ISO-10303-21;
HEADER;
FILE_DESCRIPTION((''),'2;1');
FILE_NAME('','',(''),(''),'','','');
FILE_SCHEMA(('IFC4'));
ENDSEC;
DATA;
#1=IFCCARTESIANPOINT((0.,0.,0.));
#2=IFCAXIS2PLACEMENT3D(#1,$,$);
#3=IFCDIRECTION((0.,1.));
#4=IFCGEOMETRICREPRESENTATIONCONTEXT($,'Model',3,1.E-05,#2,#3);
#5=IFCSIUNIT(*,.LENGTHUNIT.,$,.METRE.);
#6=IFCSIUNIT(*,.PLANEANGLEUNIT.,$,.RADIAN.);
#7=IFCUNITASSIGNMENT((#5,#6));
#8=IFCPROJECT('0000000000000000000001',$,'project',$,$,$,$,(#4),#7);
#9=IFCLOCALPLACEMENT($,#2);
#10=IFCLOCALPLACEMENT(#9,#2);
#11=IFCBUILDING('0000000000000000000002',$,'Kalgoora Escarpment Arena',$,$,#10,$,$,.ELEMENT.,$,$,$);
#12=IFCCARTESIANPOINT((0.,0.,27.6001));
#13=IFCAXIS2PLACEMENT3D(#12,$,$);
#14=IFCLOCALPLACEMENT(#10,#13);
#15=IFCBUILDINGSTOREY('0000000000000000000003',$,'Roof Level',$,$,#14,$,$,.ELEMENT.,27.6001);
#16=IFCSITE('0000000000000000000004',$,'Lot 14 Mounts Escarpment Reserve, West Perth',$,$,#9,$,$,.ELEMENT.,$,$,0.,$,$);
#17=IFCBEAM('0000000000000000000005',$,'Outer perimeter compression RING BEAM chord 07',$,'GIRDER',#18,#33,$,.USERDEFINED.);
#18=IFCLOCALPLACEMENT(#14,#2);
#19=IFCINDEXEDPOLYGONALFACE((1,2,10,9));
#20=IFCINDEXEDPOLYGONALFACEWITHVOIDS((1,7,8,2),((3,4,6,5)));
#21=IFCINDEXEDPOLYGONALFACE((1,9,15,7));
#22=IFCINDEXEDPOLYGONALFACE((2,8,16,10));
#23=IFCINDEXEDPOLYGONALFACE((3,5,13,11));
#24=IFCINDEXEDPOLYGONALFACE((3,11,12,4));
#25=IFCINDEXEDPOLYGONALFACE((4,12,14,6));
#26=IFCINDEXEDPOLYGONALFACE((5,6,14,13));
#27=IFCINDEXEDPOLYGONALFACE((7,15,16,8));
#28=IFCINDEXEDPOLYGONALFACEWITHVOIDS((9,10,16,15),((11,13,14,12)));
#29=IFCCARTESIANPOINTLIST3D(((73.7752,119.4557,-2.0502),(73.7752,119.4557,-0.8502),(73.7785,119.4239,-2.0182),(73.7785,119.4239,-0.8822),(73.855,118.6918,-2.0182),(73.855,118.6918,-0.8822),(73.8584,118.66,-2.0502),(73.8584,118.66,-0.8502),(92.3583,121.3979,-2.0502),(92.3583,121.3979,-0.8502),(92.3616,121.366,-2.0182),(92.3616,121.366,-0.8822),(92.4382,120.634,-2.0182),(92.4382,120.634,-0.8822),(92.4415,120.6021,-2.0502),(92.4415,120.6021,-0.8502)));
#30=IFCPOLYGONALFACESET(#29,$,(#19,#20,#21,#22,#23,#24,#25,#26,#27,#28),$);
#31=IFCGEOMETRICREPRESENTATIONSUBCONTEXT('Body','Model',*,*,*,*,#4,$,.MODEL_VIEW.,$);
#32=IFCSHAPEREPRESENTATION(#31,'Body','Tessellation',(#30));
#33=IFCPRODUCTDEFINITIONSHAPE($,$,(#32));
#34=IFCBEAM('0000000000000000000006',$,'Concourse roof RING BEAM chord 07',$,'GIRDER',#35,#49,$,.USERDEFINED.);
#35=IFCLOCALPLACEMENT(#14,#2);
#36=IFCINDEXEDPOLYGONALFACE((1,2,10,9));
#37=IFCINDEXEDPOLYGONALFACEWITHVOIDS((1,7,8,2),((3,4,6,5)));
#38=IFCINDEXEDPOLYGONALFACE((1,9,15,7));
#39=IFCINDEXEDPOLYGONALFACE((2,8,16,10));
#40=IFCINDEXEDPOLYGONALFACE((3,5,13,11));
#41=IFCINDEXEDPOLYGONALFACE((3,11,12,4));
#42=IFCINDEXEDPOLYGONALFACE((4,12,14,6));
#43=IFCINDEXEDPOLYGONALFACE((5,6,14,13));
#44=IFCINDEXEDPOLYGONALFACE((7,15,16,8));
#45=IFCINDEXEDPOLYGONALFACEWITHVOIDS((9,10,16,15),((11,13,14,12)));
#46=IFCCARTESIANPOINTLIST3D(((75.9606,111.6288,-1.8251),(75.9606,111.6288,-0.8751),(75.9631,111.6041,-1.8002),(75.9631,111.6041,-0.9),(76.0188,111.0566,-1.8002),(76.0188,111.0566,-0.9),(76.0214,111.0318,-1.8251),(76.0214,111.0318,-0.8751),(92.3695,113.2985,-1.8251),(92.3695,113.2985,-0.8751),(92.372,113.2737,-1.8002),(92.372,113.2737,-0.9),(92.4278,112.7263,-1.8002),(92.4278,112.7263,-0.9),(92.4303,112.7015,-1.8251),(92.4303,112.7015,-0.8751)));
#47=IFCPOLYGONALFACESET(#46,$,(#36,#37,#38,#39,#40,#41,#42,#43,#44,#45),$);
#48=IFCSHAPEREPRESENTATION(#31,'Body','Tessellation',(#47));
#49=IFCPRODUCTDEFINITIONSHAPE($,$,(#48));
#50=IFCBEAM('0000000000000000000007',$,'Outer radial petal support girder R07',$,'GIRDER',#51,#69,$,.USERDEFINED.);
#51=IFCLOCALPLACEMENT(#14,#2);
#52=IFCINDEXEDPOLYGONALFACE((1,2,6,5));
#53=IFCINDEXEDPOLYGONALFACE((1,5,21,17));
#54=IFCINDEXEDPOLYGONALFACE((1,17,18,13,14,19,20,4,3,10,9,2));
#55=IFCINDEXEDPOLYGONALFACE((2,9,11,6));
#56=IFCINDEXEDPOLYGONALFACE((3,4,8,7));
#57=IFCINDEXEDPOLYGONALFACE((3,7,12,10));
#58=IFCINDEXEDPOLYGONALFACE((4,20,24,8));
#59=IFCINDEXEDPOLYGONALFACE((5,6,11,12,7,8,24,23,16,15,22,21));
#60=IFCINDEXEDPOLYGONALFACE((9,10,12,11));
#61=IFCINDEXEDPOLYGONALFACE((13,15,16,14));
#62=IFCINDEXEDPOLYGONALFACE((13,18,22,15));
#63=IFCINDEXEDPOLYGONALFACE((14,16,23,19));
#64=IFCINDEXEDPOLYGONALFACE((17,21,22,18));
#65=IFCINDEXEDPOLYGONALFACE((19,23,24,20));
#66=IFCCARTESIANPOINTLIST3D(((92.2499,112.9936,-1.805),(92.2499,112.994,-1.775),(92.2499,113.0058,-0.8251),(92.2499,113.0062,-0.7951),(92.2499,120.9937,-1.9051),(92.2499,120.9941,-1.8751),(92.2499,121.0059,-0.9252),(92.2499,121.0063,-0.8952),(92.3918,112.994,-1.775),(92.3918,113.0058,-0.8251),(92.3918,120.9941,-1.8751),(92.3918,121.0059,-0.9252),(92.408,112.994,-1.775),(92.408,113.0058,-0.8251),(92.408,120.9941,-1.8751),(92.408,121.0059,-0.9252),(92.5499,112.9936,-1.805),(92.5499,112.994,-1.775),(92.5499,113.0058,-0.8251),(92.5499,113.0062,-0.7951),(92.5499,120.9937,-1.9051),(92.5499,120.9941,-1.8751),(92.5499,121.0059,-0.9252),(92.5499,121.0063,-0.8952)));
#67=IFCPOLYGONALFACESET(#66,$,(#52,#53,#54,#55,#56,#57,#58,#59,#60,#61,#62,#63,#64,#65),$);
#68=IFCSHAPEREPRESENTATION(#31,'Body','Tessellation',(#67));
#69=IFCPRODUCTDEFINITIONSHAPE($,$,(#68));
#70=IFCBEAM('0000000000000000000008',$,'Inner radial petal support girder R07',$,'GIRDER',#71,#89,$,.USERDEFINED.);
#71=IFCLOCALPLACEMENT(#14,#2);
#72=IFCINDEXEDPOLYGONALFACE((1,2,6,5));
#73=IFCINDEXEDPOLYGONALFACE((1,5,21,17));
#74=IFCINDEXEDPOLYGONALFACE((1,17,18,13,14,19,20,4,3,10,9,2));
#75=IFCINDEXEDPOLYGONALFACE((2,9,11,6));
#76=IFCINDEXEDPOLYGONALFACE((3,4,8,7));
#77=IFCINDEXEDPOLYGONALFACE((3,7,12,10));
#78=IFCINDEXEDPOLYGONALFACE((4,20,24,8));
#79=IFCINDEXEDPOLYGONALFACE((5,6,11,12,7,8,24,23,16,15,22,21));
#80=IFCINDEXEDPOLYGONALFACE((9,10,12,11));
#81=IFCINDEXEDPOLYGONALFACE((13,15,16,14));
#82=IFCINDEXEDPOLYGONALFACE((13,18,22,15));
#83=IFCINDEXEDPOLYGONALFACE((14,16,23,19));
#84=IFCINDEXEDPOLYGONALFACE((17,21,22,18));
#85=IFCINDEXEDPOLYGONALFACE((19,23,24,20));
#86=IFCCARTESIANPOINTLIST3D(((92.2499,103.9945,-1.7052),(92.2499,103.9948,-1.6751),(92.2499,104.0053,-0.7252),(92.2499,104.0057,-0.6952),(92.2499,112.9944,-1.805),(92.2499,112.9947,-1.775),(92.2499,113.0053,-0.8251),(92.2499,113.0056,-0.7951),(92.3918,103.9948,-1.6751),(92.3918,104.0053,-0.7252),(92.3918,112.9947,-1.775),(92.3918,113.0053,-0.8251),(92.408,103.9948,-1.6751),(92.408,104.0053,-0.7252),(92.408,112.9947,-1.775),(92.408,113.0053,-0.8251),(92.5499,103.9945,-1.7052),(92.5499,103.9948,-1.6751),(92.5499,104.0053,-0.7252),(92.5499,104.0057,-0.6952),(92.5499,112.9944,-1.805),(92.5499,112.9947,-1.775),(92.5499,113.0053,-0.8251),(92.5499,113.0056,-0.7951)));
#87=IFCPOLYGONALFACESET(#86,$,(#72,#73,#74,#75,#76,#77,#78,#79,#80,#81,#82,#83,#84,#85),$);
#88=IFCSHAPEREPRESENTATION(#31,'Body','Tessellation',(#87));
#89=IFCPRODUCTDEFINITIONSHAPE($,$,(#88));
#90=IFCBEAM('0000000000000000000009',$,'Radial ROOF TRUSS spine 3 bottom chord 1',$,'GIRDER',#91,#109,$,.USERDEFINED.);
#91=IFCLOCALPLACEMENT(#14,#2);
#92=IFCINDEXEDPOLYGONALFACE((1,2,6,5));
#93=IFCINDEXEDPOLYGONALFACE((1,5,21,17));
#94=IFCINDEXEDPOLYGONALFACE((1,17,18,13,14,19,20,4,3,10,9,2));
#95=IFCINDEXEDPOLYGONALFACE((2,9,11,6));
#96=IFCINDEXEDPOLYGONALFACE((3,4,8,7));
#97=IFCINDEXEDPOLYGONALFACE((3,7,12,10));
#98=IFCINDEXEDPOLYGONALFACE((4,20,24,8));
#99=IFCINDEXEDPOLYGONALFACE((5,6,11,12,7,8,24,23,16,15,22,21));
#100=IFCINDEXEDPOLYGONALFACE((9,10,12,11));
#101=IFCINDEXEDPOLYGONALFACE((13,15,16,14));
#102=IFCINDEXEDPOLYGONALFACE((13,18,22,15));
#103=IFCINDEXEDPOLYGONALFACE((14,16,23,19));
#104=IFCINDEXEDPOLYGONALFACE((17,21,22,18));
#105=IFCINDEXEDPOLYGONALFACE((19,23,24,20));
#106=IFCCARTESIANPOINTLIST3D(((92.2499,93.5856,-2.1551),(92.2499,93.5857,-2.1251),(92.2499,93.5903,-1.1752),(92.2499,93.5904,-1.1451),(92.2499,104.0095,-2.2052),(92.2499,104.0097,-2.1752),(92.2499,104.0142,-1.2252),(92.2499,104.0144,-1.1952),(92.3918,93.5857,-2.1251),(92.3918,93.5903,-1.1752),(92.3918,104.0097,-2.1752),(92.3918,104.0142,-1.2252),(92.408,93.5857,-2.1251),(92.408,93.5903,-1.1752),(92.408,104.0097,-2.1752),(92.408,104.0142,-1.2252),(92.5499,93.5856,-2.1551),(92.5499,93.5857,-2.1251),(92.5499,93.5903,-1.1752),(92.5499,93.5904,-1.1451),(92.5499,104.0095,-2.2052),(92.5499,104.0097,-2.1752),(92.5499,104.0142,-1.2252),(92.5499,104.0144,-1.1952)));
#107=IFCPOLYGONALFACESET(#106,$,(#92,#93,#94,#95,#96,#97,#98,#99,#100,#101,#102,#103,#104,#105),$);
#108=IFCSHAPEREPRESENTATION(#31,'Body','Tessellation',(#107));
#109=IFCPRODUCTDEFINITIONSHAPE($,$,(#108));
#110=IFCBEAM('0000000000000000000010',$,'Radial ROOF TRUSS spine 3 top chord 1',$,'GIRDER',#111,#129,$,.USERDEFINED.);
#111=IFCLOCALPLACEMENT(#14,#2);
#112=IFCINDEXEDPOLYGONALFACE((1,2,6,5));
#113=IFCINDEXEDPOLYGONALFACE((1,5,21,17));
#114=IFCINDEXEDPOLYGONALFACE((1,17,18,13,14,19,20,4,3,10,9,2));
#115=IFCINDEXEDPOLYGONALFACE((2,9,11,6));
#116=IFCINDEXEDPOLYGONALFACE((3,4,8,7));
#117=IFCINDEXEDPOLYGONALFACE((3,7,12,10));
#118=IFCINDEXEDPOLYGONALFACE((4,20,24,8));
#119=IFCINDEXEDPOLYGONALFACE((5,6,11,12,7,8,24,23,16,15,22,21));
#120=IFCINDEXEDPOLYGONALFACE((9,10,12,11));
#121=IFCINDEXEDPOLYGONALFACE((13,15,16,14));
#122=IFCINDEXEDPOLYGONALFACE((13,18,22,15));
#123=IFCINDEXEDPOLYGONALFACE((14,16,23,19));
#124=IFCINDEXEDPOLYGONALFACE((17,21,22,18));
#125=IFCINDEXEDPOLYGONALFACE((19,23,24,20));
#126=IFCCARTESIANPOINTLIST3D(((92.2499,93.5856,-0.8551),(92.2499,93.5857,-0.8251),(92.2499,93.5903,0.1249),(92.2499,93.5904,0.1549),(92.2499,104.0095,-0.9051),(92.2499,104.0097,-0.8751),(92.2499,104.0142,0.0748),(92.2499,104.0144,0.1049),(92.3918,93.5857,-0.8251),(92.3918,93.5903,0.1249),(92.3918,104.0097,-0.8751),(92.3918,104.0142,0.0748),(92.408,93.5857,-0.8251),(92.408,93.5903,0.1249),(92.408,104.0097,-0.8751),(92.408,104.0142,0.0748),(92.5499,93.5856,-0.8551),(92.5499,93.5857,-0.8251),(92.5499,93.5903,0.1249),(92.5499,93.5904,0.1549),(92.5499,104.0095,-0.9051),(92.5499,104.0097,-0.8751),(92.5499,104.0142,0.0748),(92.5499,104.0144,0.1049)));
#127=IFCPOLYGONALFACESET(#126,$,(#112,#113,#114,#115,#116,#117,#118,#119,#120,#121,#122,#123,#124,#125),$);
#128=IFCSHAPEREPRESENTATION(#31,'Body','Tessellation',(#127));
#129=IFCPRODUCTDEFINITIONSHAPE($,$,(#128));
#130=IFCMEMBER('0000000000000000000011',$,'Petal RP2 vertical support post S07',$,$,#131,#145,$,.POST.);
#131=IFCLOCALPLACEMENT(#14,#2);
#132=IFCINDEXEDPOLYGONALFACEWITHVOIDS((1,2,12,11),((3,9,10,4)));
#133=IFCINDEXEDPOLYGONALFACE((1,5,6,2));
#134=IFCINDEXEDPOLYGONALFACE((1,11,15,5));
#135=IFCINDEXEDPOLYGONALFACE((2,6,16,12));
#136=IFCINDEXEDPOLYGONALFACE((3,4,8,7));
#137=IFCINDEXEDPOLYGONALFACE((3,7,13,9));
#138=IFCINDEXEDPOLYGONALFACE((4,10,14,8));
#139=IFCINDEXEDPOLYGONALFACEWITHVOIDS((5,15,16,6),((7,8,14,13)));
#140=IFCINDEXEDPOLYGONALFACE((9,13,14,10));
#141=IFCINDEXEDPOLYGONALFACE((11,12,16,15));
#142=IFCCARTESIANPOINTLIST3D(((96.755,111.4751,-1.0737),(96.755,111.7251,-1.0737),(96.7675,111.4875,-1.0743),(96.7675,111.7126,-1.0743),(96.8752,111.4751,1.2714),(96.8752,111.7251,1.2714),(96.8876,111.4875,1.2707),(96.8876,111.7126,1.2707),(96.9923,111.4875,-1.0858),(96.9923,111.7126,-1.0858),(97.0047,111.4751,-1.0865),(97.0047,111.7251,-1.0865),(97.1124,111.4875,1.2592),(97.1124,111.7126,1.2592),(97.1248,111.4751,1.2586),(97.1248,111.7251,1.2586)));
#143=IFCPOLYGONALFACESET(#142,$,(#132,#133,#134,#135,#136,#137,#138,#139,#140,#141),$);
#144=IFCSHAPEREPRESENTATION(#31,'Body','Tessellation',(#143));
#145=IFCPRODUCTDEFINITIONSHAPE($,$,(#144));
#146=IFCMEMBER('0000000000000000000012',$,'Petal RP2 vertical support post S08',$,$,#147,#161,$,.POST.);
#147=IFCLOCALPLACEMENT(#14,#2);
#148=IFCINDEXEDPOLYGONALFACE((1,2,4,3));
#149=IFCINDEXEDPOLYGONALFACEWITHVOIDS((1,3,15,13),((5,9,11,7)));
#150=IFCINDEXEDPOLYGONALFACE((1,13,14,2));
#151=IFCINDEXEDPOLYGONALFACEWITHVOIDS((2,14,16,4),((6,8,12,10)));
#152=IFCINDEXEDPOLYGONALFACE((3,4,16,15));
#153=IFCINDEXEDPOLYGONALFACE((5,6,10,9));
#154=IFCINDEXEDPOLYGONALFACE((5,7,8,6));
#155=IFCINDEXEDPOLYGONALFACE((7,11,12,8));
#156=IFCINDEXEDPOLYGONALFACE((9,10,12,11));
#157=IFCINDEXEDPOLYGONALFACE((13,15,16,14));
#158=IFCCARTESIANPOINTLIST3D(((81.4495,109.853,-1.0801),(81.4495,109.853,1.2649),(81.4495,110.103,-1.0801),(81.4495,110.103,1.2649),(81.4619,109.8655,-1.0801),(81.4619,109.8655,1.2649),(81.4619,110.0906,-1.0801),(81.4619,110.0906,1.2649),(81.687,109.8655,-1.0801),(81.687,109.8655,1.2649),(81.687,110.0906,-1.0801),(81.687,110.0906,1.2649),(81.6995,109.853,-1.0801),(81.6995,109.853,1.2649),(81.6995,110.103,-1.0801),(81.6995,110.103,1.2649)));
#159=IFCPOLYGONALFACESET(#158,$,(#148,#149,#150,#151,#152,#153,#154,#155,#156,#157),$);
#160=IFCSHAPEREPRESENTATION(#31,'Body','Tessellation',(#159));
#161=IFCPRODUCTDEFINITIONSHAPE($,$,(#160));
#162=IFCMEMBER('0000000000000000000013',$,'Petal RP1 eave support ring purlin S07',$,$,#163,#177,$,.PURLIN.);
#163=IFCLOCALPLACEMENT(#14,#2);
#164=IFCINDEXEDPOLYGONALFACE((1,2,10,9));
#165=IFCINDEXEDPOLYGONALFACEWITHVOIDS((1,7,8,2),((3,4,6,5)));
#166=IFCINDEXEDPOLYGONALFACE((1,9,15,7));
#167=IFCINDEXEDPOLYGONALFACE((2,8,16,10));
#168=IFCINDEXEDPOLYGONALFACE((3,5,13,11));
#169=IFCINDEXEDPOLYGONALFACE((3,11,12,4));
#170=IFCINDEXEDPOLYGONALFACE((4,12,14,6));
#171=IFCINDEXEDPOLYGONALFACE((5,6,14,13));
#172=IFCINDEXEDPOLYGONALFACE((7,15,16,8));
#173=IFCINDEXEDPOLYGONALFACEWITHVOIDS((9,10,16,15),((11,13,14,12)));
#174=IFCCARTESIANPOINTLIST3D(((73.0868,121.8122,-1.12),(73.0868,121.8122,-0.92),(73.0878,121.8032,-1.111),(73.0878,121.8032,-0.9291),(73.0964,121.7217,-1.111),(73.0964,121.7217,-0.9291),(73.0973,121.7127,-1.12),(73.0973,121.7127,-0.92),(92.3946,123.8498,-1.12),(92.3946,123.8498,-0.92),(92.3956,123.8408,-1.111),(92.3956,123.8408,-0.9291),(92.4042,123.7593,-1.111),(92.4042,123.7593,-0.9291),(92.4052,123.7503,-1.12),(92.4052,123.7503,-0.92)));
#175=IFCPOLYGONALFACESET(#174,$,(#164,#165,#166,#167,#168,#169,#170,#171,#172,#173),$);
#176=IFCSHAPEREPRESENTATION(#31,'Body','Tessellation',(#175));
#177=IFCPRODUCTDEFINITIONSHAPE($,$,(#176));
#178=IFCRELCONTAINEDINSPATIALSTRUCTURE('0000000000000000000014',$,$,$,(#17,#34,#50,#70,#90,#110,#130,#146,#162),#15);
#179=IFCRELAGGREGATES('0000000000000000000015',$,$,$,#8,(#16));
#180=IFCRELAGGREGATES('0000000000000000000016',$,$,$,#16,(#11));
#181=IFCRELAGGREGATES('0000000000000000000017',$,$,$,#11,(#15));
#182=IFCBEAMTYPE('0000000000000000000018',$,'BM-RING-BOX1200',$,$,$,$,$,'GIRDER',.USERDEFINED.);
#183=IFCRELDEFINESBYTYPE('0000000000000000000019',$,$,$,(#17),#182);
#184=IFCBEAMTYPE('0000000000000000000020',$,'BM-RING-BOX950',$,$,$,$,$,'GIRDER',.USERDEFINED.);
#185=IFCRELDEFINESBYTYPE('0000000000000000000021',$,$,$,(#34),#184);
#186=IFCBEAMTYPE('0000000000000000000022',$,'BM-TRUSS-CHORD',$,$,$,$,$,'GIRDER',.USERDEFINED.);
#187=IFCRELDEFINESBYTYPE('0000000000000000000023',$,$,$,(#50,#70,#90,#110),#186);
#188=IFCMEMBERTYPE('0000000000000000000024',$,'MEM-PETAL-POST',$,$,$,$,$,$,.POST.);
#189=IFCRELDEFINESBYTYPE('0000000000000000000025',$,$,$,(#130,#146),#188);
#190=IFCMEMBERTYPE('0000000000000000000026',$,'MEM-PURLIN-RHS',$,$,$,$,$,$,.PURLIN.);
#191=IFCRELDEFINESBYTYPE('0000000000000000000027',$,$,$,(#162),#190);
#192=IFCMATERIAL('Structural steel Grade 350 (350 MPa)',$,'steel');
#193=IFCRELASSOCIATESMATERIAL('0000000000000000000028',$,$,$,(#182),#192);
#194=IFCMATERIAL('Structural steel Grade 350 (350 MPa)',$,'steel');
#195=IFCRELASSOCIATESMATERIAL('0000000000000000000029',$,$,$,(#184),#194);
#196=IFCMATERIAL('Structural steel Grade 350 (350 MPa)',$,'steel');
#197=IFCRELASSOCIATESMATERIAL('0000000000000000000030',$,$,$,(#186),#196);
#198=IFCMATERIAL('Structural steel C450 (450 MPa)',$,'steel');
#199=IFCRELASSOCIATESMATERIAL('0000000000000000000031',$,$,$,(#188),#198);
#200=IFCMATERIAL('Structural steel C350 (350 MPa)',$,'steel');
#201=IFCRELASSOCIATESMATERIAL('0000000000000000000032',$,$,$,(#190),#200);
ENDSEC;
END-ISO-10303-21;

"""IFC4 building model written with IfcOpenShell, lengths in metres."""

from ifc_helpers import new_model, si_unit, direction, frame, origin, origin_2d, place, context, subcontext, project, spatial, hollow_rectangle, i_section, extrude, material, material_profile, profile_set, type_object, element, save


model = new_model("IFC4")

# Units and contexts
model_context = context("Model", 3, precision=1e-05, world=origin(), true_north=direction((0.0, 1.0)))
body_context = subcontext(model_context, "Body", "Model", "MODEL_VIEW")
ifc_project = project(units=[si_unit("LENGTHUNIT", "METRE"), si_unit("PLANEANGLEUNIT", "RADIAN")], contexts=[model_context])

# Site, building, storey
site_placement = place(None, origin())
site = spatial("IfcSite", under=ifc_project, at=site_placement, Name="Lot 14 Mounts Escarpment Reserve, West Perth", CompositionType="ELEMENT", RefElevation=0.0)
building_placement = place(site_placement, origin())
building = spatial("IfcBuilding", under=site, at=building_placement, Name="Kalgoora Escarpment Arena", CompositionType="ELEMENT")
storey_placement = place(building_placement, frame((0.0, 0.0, 27.6001)))
storey = spatial("IfcBuildingStorey", under=building, at=storey_placement, Name="Roof Level", CompositionType="ELEMENT", Elevation=27.6001)

# Beams
ifc_material_1 = material(Name="Structural steel Grade 350 (350 MPa)", Category="steel")
ifc_material_profile_1 = material_profile(ifc_material_1, hollow_rectangle(XDim=0.8, YDim=1.2, WallThickness=0.032, at=origin_2d()))
ifc_profile_set_1 = profile_set([ifc_material_profile_1], Name="Structural steel Grade 350 (350 MPa)")
beam_type_1 = type_object("IfcBeamType", Name="BM-RING-BOX1200", ElementType="GIRDER", PredefinedType="USERDEFINED", material=ifc_profile_set_1)
beam_1_placement = place(storey_placement, frame((92.3999, 121.0, -1.4502), z_axis=(-0.994583, -0.103945, 0.0), x_axis=(0.103945, -0.994583, 0.0)))
element("IfcBeam", 1, at=beam_1_placement, inside=storey, type_object=beam_type_1, Name="Outer perimeter compression RING BEAM chord 07", ObjectType="GIRDER", PredefinedType="USERDEFINED", context=body_context, shape_type="SweptSolid", body=[
    extrude(hollow_rectangle(XDim=0.8, YDim=1.2, WallThickness=0.032, at=origin_2d()), origin(), (0.0, 0.0, 1.0), 18.6843),
])
ifc_material_2 = material(Name="Structural steel Grade 350 (350 MPa)", Category="steel")
ifc_material_profile_2 = material_profile(ifc_material_2, hollow_rectangle(XDim=0.6001, YDim=0.95, WallThickness=0.0249, at=origin_2d()))
ifc_profile_set_2 = profile_set([ifc_material_profile_2], Name="Structural steel Grade 350 (350 MPa)")
beam_type_2 = type_object("IfcBeamType", Name="BM-RING-BOX950", ElementType="GIRDER", PredefinedType="USERDEFINED", material=ifc_profile_set_2)
beam_2_placement = place(storey_placement, frame((92.3999, 113.0, -1.3501), z_axis=(-0.994863, -0.101231, 0.0), x_axis=(0.101231, -0.994863, 0.0)))
element("IfcBeam", 2, at=beam_2_placement, inside=storey, type_object=beam_type_2, Name="Concourse roof RING BEAM chord 07", ObjectType="GIRDER", PredefinedType="USERDEFINED", context=body_context, shape_type="SweptSolid", body=[
    extrude(hollow_rectangle(XDim=0.6001, YDim=0.95, WallThickness=0.0249, at=origin_2d()), origin(), (0.0, 0.0, 1.0), 16.4937),
])
ifc_material_3 = material(Name="Structural steel Grade 350 (350 MPa)", Category="steel")
ifc_material_profile_3 = material_profile(ifc_material_3, i_section(OverallWidth=0.3, OverallDepth=1.01, WebThickness=0.0161, FlangeThickness=0.03, at=origin_2d()))
ifc_profile_set_3 = profile_set([ifc_material_profile_3], Name="Structural steel Grade 350 (350 MPa)")
beam_type_3 = type_object("IfcBeamType", Name="BM-TRUSS-CHORD", ElementType="GIRDER", PredefinedType="USERDEFINED", material=ifc_profile_set_3)
beam_3_placement = place(storey_placement, frame((92.3999, 121.0, -1.4001), z_axis=(0.0, -0.999922, 0.012511), x_axis=(1.0, 0.0, 0.0)))
element("IfcBeam", 3, at=beam_3_placement, inside=storey, type_object=beam_type_3, Name="Outer radial petal support girder R07", ObjectType="GIRDER", PredefinedType="USERDEFINED", context=body_context, shape_type="SweptSolid", body=[
    extrude(i_section(OverallWidth=0.3, OverallDepth=1.01, WebThickness=0.0161, FlangeThickness=0.03, at=origin_2d()), origin(), (0.0, 0.0, 1.0), 8.0007),
])
beam_4_placement = place(storey_placement, frame((92.3999, 113.0, -1.3), z_axis=(0.0, -0.999938, 0.011094), x_axis=(1.0, 0.0, 0.0)))
element("IfcBeam", 4, at=beam_4_placement, inside=storey, type_object=beam_type_3, Name="Inner radial petal support girder R07", ObjectType="GIRDER", PredefinedType="USERDEFINED", context=body_context, shape_type="SweptSolid", body=[
    extrude(i_section(OverallWidth=0.3, OverallDepth=1.01, WebThickness=0.0161, FlangeThickness=0.03, at=origin_2d()), origin(), (0.0, 0.0, 1.0), 9.0005),
])
for number, where, z_axis, x_axis, name in (
    (5, (92.3999, 104.012, -1.7002), (0.0, -0.999988, 0.004801), (1.0, 0.0, 0.0), "Radial ROOF TRUSS spine 3 bottom chord 1"),
    (6, (92.3999, 104.012, -0.4001), (0.0, -0.999988, 0.004801), (1.0, 0.0, 0.0), "Radial ROOF TRUSS spine 3 top chord 1"),
):
    element("IfcBeam", number, at=place(storey_placement, frame(where, z_axis=z_axis, x_axis=x_axis)), inside=storey, type_object=beam_type_3, Name=name, ObjectType="GIRDER", PredefinedType="USERDEFINED", context=body_context, shape_type="SweptSolid", body=[
        extrude(i_section(OverallWidth=0.3, OverallDepth=1.01, WebThickness=0.0161, FlangeThickness=0.03, at=origin_2d()), origin(), (0.0, 0.0, 1.0), 10.4241),
    ])

# Members
ifc_material_4 = material(Name="Structural steel C450 (450 MPa)", Category="steel")
ifc_material_profile_4 = material_profile(ifc_material_4, hollow_rectangle(XDim=0.25, YDim=0.25, WallThickness=0.0125, at=origin_2d()))
ifc_profile_set_4 = profile_set([ifc_material_profile_4], Name="Structural steel C450 (450 MPa)")
member_type_1 = type_object("IfcMemberType", Name="MEM-PETAL-POST", PredefinedType="POST", material=ifc_profile_set_4)
member_1_placement = place(storey_placement, frame((96.8799, 111.6001, -1.0801), z_axis=(0.051156, 0.0, 0.998691), x_axis=(0.0, 1.0, 0.0)))
element("IfcMember", 7, at=member_1_placement, inside=storey, type_object=member_type_1, Name="Petal RP2 vertical support post S07", PredefinedType="POST", context=body_context, shape_type="SweptSolid", body=[
    extrude(hollow_rectangle(XDim=0.25, YDim=0.25, WallThickness=0.0125, at=origin_2d()), origin(), (0.0, 0.0, 1.0), 2.3481),
])
member_2_placement = place(storey_placement, frame((81.5745, 109.978, -1.0801), z_axis=(0.0, 0.0, 1.0), x_axis=(1.0, 0.0, 0.0)))
element("IfcMember", 8, at=member_2_placement, inside=storey, type_object=member_type_1, Name="Petal RP2 vertical support post S08", PredefinedType="POST", context=body_context, shape_type="SweptSolid", body=[
    extrude(hollow_rectangle(XDim=0.25, YDim=0.25, WallThickness=0.0125, at=origin_2d()), origin(), (0.0, 0.0, 1.0), 2.345),
])
ifc_material_5 = material(Name="Structural steel C350 (350 MPa)", Category="steel")
ifc_material_profile_5 = material_profile(ifc_material_5, hollow_rectangle(XDim=0.1001, YDim=0.2, WallThickness=0.009, at=origin_2d()))
ifc_profile_set_5 = profile_set([ifc_material_profile_5], Name="Structural steel C350 (350 MPa)")
member_type_2 = type_object("IfcMemberType", Name="MEM-PURLIN-RHS", PredefinedType="PURLIN", material=ifc_profile_set_5)
member_3_placement = place(storey_placement, frame((92.3999, 123.8, -1.02), z_axis=(-0.994478, -0.104949, 0.0), x_axis=(0.104949, -0.994478, 0.0)))
element("IfcMember", 9, at=member_3_placement, inside=storey, type_object=member_type_2, Name="Petal RP1 eave support ring purlin S07", PredefinedType="PURLIN", context=body_context, shape_type="SweptSolid", body=[
    extrude(hollow_rectangle(XDim=0.1001, YDim=0.2, WallThickness=0.009, at=origin_2d()), origin(), (0.0, 0.0, 1.0), 19.415),
])

save(model, "model.ifc")
